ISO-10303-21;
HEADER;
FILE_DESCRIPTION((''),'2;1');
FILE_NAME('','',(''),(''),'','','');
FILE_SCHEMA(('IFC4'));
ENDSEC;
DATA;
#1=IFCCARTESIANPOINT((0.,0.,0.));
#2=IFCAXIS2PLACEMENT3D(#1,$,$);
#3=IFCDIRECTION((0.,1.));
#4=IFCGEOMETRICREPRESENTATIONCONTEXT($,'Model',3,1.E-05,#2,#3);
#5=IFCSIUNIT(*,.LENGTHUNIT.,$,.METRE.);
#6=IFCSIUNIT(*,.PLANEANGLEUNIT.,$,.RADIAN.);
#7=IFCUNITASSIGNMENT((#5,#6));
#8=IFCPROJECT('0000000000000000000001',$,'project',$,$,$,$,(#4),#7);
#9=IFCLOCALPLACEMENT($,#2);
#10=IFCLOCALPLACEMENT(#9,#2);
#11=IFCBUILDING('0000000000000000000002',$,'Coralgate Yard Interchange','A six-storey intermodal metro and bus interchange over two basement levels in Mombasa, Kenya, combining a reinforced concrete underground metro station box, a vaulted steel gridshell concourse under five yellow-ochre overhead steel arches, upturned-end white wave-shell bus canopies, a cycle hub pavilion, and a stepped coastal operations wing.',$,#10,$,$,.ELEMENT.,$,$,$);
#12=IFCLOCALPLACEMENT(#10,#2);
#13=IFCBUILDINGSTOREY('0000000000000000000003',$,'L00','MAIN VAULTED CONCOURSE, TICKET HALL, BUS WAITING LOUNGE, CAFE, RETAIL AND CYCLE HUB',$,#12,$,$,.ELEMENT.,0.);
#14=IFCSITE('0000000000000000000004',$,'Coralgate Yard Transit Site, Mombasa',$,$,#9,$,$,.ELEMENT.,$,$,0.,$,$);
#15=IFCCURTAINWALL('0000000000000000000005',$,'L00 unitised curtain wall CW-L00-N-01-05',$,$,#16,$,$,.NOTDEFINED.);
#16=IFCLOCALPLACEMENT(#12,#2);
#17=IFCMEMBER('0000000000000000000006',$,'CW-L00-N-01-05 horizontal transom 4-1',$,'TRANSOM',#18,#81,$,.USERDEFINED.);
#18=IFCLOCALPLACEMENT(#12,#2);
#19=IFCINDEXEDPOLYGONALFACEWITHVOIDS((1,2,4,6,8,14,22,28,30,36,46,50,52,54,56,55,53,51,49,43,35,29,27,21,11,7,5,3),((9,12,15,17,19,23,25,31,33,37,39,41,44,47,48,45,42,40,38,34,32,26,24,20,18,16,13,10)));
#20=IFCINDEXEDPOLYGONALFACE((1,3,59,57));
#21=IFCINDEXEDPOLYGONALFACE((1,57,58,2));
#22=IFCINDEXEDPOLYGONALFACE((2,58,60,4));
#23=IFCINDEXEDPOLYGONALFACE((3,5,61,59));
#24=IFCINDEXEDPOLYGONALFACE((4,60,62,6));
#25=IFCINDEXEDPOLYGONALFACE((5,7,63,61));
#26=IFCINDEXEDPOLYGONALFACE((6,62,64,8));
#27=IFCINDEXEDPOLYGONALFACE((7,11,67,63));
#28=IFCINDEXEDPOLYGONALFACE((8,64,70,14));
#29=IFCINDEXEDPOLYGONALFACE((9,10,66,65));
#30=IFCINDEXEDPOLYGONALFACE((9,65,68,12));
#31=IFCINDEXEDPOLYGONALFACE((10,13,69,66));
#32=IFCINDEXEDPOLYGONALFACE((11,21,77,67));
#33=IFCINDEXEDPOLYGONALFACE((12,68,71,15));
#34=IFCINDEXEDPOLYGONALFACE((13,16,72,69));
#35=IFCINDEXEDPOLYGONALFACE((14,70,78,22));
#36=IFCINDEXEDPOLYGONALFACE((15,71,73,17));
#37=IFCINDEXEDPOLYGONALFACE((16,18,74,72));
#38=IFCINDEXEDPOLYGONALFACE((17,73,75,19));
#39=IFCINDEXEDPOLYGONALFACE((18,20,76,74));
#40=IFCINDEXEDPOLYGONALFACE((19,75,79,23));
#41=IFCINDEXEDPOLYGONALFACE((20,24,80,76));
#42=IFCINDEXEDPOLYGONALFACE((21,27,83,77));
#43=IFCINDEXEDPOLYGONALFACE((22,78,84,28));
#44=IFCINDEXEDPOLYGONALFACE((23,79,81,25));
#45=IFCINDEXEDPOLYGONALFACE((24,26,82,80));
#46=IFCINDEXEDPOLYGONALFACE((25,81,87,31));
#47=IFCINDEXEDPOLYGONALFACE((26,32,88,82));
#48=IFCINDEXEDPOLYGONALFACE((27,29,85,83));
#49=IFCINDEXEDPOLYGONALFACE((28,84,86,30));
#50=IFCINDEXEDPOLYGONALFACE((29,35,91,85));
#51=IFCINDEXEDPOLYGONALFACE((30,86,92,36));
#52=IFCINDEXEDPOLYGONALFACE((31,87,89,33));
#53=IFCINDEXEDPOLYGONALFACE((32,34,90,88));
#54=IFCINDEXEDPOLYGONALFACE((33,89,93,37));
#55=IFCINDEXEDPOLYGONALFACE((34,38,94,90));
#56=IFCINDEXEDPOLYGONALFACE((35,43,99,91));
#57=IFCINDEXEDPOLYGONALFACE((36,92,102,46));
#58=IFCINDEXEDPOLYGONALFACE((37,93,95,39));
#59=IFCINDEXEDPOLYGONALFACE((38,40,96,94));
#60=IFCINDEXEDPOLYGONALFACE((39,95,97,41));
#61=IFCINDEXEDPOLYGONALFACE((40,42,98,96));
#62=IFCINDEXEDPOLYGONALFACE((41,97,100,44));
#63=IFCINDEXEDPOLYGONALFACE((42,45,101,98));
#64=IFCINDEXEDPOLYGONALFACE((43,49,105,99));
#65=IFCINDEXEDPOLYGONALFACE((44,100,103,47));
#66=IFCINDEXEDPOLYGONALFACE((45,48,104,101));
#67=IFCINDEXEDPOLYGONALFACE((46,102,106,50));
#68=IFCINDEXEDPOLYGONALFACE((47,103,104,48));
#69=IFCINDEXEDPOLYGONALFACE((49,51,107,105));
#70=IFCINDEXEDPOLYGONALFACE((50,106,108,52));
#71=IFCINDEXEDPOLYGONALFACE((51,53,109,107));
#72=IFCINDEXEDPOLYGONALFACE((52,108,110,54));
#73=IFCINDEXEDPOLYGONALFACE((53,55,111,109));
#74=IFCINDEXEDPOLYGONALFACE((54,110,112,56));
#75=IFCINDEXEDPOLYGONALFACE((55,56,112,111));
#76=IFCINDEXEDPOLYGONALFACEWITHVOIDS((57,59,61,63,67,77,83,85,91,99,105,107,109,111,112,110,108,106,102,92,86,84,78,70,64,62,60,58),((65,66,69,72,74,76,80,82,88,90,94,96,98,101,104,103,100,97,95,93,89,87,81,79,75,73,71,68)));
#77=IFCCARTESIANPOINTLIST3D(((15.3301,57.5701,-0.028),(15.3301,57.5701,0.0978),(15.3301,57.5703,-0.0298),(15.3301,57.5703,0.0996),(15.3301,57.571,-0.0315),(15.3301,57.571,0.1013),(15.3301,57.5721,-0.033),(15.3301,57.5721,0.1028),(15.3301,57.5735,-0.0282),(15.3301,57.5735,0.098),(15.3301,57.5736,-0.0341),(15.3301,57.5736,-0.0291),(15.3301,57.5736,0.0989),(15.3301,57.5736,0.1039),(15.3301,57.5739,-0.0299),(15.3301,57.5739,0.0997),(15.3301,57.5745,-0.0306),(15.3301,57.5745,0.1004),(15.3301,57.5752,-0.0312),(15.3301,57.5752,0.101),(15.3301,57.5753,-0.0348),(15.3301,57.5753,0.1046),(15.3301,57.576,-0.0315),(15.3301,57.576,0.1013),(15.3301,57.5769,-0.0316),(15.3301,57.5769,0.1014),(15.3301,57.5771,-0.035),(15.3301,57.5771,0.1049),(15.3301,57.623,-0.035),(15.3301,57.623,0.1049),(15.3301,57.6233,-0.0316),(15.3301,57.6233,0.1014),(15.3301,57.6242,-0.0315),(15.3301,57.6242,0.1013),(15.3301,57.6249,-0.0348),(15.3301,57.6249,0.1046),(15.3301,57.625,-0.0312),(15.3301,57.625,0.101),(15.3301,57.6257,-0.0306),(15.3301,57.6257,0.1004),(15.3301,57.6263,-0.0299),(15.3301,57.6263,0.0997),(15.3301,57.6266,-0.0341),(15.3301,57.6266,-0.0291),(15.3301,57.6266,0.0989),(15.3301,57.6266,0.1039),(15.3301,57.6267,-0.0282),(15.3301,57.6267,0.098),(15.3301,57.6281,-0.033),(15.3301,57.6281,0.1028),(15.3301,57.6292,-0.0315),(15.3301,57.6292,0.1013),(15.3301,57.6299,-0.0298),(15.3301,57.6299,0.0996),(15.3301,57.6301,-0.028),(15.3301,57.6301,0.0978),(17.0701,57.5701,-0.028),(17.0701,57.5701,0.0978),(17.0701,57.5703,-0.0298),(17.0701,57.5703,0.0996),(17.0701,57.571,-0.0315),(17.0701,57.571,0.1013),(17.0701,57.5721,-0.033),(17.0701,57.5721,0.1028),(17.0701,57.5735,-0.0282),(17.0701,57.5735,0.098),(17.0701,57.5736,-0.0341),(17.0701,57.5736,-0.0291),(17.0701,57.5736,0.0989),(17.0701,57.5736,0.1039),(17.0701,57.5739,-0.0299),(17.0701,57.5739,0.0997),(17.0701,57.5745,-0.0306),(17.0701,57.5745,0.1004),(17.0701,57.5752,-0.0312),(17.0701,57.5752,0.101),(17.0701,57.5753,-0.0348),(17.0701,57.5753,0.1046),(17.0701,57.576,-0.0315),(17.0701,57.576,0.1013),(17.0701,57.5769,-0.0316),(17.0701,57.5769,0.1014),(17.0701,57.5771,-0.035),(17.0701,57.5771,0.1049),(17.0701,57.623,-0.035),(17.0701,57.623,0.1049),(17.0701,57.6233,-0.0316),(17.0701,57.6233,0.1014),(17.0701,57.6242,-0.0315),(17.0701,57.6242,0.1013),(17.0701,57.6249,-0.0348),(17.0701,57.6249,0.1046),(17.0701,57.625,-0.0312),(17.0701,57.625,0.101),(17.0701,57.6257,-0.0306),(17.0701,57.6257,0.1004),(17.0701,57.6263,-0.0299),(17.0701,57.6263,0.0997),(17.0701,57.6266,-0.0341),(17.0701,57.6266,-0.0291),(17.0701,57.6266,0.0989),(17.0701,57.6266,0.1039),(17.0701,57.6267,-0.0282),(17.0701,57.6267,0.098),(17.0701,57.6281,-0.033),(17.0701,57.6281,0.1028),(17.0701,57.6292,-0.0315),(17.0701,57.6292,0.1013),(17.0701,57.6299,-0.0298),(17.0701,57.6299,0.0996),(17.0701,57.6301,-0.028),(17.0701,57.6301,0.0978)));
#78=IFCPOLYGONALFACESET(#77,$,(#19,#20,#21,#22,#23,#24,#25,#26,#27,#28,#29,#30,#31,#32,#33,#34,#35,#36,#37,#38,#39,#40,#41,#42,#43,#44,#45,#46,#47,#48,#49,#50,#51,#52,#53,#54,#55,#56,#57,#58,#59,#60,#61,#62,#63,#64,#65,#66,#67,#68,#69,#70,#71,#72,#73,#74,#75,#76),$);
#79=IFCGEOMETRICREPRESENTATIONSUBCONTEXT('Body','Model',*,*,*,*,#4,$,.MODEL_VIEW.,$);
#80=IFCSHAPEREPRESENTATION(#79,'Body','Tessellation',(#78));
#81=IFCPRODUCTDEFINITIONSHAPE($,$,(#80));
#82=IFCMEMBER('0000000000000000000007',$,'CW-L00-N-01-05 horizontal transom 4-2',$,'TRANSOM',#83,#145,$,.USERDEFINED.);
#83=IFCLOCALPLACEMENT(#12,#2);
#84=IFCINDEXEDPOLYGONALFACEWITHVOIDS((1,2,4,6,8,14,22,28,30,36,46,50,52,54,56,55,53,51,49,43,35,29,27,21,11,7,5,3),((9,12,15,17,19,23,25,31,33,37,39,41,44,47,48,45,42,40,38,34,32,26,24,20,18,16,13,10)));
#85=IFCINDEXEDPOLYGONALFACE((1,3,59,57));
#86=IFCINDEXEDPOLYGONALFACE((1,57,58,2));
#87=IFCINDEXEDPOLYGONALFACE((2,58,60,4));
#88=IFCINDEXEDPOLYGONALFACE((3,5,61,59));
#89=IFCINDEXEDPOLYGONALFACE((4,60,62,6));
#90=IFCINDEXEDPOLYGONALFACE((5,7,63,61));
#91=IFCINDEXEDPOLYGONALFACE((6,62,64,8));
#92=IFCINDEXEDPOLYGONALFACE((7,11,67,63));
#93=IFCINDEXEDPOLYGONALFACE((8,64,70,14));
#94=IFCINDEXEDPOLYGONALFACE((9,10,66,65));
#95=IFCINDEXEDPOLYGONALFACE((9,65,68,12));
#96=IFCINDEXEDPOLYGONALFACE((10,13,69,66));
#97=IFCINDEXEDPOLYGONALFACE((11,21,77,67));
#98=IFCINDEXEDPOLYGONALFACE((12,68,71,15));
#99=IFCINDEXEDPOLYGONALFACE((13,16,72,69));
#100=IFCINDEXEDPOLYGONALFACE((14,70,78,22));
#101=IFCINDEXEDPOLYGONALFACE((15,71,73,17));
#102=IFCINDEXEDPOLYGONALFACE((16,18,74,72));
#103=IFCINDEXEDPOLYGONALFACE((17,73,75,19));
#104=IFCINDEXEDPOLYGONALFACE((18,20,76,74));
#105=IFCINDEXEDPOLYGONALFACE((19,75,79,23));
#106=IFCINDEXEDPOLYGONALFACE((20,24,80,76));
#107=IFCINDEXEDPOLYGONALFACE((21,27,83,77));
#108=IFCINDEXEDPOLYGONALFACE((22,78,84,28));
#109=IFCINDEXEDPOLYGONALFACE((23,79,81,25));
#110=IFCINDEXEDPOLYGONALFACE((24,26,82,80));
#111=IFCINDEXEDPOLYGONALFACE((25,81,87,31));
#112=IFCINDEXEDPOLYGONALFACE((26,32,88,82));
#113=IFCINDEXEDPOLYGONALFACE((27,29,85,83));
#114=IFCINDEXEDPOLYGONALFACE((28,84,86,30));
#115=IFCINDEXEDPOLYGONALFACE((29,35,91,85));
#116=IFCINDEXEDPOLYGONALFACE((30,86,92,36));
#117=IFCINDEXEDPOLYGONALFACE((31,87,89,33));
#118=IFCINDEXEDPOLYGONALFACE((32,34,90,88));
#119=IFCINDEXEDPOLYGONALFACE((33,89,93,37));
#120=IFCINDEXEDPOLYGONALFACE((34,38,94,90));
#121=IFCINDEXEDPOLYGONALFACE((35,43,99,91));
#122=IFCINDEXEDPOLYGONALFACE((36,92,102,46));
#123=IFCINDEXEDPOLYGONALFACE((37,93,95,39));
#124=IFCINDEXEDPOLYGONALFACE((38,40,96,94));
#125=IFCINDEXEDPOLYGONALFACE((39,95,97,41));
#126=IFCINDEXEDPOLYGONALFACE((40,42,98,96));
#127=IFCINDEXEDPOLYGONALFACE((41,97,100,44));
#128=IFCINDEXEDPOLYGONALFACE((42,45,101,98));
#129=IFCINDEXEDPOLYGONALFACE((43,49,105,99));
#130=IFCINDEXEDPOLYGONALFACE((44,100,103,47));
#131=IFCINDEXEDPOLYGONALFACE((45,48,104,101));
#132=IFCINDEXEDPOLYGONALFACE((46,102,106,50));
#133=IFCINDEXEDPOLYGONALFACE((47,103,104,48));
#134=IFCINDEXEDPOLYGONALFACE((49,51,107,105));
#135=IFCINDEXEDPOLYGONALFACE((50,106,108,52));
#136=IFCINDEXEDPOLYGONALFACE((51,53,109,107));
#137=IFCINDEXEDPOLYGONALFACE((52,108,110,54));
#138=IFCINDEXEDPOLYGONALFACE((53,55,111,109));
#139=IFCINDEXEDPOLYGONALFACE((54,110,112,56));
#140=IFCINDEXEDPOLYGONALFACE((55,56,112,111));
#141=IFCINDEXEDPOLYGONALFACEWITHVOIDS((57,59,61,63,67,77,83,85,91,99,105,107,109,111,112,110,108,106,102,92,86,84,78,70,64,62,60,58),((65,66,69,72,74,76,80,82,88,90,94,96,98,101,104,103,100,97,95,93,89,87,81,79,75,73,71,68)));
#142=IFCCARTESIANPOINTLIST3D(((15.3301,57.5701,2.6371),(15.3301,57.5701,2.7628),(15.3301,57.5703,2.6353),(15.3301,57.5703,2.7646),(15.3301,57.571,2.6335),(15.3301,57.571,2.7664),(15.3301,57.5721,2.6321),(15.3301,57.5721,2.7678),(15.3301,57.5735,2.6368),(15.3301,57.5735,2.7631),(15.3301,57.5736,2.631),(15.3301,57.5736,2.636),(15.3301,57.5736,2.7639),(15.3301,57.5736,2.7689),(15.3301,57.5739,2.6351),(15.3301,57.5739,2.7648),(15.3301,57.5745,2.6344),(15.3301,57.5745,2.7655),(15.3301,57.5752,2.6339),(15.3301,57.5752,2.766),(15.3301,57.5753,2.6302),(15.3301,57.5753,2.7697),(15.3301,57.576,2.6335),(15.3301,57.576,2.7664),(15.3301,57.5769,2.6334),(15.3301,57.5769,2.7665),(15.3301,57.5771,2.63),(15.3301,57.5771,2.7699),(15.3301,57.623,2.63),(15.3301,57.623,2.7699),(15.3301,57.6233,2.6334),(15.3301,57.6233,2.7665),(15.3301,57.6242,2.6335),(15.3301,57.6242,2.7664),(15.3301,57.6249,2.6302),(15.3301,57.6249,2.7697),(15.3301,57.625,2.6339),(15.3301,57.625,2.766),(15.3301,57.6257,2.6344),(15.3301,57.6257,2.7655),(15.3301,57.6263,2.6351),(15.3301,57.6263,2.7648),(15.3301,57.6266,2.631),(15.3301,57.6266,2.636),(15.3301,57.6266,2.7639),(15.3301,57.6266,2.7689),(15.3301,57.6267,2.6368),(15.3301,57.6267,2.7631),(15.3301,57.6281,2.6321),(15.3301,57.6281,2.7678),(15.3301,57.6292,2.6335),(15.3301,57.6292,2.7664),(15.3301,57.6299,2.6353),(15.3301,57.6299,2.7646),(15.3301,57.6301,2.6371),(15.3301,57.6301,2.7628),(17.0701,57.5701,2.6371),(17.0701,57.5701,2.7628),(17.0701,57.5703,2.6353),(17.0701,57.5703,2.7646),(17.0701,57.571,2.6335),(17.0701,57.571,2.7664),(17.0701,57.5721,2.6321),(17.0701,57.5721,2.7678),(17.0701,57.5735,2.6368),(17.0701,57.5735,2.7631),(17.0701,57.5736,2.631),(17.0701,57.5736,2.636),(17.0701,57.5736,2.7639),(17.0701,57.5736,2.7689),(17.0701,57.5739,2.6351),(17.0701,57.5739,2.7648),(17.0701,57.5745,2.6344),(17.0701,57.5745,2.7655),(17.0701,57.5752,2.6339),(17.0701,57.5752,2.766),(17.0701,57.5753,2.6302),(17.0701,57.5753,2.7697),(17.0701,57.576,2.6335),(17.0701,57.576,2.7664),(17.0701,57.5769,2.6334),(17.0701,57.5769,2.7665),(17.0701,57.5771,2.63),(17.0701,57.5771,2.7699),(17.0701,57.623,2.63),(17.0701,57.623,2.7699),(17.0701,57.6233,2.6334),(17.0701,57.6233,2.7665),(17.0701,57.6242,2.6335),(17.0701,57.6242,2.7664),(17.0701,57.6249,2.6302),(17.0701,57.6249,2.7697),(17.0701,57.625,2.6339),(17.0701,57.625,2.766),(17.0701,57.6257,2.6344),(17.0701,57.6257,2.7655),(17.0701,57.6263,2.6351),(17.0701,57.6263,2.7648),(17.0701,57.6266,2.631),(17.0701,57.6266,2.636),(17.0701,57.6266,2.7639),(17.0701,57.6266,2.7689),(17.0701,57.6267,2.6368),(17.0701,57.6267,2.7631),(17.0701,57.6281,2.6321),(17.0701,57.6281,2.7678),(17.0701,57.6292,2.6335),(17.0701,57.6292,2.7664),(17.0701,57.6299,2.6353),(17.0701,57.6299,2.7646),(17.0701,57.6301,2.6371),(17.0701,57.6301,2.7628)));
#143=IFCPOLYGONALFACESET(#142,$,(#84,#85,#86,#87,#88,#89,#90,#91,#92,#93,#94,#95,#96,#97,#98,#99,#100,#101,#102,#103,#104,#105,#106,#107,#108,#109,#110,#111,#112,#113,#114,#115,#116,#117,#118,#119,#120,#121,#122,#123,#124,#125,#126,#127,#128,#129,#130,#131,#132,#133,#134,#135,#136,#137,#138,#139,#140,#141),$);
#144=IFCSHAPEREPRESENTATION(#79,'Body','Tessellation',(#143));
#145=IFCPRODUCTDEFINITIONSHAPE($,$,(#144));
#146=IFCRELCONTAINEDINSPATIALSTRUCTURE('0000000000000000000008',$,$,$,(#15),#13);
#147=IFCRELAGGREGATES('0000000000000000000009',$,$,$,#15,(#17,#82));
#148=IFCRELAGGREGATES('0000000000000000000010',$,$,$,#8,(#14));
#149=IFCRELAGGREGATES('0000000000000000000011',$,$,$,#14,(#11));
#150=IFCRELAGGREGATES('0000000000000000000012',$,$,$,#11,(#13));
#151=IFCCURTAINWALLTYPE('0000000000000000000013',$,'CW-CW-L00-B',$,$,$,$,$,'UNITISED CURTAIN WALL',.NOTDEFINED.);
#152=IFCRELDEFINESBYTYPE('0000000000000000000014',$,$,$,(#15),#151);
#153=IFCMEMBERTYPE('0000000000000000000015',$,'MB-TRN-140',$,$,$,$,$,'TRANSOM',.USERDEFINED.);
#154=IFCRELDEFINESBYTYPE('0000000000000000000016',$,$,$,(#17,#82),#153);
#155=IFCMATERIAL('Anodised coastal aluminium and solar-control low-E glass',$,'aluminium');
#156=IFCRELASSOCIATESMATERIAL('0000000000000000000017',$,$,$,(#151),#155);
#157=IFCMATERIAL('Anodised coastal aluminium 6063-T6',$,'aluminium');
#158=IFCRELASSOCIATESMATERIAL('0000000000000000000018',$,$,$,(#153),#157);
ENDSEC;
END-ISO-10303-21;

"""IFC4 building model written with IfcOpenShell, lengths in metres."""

from ifc_helpers import new_model, si_unit, direction, frame, origin, origin_2d, place, context, subcontext, project, spatial, hollow_rectangle, extrude, material, material_profile, profile_set, type_object, element, aggregate, save


model = new_model("IFC4")

# Units and contexts
model_context = context("Model", 3, precision=1e-05, world=origin(), true_north=direction((0.0, 1.0)))
body_context = subcontext(model_context, "Body", "Model", "MODEL_VIEW")
ifc_project = project(units=[si_unit("LENGTHUNIT", "METRE"), si_unit("PLANEANGLEUNIT", "RADIAN")], contexts=[model_context])

# Site, building, storey
site_placement = place(None, origin())
site = spatial("IfcSite", under=ifc_project, at=site_placement, Name="Coralgate Yard Transit Site, Mombasa", CompositionType="ELEMENT", RefElevation=0.0)
building_placement = place(site_placement, origin())
building = spatial("IfcBuilding", under=site, at=building_placement, Name="Coralgate Yard Interchange", Description="A six-storey intermodal metro and bus interchange over two basement levels in Mombasa, Kenya, combining a reinforced concrete underground metro station box, a vaulted steel gridshell concourse under five yellow-ochre overhead steel arches, upturned-end white wave-shell bus canopies, a cycle hub pavilion, and a stepped coastal operations wing.", CompositionType="ELEMENT")
storey_placement = place(building_placement, origin())
storey = spatial("IfcBuildingStorey", under=building, at=storey_placement, Name="L00", Description="MAIN VAULTED CONCOURSE, TICKET HALL, BUS WAITING LOUNGE, CAFE, RETAIL AND CYCLE HUB", CompositionType="ELEMENT", Elevation=0.0)

# Curtain wall
ifc_material_1 = material(Name="Anodised coastal aluminium and solar-control low-E glass", Category="aluminium")
curtain_wall_type = type_object("IfcCurtainWallType", Name="CW-CW-L00-B", ElementType="UNITISED CURTAIN WALL", PredefinedType="NOTDEFINED", material=ifc_material_1)
curtain_wall_1_placement = place(storey_placement, origin())
curtain_wall_1 = element("IfcCurtainWall", 1, at=curtain_wall_1_placement, inside=storey, type_object=curtain_wall_type, Name="L00 unitised curtain wall CW-L00-N-01-05", PredefinedType="NOTDEFINED")
ifc_material_2 = material(Name="Anodised coastal aluminium 6063-T6", Category="aluminium")

# Members
ifc_material_profile_1 = material_profile(ifc_material_2, hollow_rectangle(XDim=0.0601, YDim=0.1399, WallThickness=0.0034, InnerFilletRadius=0.0034, OuterFilletRadius=0.0071, at=origin_2d()), Name="ALU 60x140x3.5")
ifc_profile_set_1 = profile_set([ifc_material_profile_1], Name="Anodised coastal aluminium 6063-T6")
member_type_1 = type_object("IfcMemberType", Name="MB-TRN-140", ElementType="TRANSOM", PredefinedType="USERDEFINED", material=ifc_profile_set_1)
member_1_placement = place(storey_placement, frame((15.3301, 57.6001, 0.0349), z_axis=(1.0, 0.0, 0.0), x_axis=(0.0, 1.0, 0.0)))
member_1 = element("IfcMember", 2, at=member_1_placement, type_object=member_type_1, Name="CW-L00-N-01-05 horizontal transom 4-1", ObjectType="TRANSOM", PredefinedType="USERDEFINED", context=body_context, shape_type="SweptSolid", body=[
    extrude(hollow_rectangle(XDim=0.0601, YDim=0.1399, WallThickness=0.0034, InnerFilletRadius=0.0034, OuterFilletRadius=0.0071, at=origin_2d()), origin(), (0.0, 0.0, 1.0), 1.74),
])
member_2_placement = place(storey_placement, frame((15.3301, 57.6001, 2.7), z_axis=(1.0, 0.0, 0.0), x_axis=(0.0, 1.0, 0.0)))
member_2 = element("IfcMember", 3, at=member_2_placement, type_object=member_type_1, Name="CW-L00-N-01-05 horizontal transom 4-2", ObjectType="TRANSOM", PredefinedType="USERDEFINED", context=body_context, shape_type="SweptSolid", body=[
    extrude(hollow_rectangle(XDim=0.0601, YDim=0.1399, WallThickness=0.0034, InnerFilletRadius=0.0034, OuterFilletRadius=0.0071, at=origin_2d()), origin(), (0.0, 0.0, 1.0), 1.74),
])

aggregate(curtain_wall_1, [member_1, member_2])

save(model, "model.ifc")
